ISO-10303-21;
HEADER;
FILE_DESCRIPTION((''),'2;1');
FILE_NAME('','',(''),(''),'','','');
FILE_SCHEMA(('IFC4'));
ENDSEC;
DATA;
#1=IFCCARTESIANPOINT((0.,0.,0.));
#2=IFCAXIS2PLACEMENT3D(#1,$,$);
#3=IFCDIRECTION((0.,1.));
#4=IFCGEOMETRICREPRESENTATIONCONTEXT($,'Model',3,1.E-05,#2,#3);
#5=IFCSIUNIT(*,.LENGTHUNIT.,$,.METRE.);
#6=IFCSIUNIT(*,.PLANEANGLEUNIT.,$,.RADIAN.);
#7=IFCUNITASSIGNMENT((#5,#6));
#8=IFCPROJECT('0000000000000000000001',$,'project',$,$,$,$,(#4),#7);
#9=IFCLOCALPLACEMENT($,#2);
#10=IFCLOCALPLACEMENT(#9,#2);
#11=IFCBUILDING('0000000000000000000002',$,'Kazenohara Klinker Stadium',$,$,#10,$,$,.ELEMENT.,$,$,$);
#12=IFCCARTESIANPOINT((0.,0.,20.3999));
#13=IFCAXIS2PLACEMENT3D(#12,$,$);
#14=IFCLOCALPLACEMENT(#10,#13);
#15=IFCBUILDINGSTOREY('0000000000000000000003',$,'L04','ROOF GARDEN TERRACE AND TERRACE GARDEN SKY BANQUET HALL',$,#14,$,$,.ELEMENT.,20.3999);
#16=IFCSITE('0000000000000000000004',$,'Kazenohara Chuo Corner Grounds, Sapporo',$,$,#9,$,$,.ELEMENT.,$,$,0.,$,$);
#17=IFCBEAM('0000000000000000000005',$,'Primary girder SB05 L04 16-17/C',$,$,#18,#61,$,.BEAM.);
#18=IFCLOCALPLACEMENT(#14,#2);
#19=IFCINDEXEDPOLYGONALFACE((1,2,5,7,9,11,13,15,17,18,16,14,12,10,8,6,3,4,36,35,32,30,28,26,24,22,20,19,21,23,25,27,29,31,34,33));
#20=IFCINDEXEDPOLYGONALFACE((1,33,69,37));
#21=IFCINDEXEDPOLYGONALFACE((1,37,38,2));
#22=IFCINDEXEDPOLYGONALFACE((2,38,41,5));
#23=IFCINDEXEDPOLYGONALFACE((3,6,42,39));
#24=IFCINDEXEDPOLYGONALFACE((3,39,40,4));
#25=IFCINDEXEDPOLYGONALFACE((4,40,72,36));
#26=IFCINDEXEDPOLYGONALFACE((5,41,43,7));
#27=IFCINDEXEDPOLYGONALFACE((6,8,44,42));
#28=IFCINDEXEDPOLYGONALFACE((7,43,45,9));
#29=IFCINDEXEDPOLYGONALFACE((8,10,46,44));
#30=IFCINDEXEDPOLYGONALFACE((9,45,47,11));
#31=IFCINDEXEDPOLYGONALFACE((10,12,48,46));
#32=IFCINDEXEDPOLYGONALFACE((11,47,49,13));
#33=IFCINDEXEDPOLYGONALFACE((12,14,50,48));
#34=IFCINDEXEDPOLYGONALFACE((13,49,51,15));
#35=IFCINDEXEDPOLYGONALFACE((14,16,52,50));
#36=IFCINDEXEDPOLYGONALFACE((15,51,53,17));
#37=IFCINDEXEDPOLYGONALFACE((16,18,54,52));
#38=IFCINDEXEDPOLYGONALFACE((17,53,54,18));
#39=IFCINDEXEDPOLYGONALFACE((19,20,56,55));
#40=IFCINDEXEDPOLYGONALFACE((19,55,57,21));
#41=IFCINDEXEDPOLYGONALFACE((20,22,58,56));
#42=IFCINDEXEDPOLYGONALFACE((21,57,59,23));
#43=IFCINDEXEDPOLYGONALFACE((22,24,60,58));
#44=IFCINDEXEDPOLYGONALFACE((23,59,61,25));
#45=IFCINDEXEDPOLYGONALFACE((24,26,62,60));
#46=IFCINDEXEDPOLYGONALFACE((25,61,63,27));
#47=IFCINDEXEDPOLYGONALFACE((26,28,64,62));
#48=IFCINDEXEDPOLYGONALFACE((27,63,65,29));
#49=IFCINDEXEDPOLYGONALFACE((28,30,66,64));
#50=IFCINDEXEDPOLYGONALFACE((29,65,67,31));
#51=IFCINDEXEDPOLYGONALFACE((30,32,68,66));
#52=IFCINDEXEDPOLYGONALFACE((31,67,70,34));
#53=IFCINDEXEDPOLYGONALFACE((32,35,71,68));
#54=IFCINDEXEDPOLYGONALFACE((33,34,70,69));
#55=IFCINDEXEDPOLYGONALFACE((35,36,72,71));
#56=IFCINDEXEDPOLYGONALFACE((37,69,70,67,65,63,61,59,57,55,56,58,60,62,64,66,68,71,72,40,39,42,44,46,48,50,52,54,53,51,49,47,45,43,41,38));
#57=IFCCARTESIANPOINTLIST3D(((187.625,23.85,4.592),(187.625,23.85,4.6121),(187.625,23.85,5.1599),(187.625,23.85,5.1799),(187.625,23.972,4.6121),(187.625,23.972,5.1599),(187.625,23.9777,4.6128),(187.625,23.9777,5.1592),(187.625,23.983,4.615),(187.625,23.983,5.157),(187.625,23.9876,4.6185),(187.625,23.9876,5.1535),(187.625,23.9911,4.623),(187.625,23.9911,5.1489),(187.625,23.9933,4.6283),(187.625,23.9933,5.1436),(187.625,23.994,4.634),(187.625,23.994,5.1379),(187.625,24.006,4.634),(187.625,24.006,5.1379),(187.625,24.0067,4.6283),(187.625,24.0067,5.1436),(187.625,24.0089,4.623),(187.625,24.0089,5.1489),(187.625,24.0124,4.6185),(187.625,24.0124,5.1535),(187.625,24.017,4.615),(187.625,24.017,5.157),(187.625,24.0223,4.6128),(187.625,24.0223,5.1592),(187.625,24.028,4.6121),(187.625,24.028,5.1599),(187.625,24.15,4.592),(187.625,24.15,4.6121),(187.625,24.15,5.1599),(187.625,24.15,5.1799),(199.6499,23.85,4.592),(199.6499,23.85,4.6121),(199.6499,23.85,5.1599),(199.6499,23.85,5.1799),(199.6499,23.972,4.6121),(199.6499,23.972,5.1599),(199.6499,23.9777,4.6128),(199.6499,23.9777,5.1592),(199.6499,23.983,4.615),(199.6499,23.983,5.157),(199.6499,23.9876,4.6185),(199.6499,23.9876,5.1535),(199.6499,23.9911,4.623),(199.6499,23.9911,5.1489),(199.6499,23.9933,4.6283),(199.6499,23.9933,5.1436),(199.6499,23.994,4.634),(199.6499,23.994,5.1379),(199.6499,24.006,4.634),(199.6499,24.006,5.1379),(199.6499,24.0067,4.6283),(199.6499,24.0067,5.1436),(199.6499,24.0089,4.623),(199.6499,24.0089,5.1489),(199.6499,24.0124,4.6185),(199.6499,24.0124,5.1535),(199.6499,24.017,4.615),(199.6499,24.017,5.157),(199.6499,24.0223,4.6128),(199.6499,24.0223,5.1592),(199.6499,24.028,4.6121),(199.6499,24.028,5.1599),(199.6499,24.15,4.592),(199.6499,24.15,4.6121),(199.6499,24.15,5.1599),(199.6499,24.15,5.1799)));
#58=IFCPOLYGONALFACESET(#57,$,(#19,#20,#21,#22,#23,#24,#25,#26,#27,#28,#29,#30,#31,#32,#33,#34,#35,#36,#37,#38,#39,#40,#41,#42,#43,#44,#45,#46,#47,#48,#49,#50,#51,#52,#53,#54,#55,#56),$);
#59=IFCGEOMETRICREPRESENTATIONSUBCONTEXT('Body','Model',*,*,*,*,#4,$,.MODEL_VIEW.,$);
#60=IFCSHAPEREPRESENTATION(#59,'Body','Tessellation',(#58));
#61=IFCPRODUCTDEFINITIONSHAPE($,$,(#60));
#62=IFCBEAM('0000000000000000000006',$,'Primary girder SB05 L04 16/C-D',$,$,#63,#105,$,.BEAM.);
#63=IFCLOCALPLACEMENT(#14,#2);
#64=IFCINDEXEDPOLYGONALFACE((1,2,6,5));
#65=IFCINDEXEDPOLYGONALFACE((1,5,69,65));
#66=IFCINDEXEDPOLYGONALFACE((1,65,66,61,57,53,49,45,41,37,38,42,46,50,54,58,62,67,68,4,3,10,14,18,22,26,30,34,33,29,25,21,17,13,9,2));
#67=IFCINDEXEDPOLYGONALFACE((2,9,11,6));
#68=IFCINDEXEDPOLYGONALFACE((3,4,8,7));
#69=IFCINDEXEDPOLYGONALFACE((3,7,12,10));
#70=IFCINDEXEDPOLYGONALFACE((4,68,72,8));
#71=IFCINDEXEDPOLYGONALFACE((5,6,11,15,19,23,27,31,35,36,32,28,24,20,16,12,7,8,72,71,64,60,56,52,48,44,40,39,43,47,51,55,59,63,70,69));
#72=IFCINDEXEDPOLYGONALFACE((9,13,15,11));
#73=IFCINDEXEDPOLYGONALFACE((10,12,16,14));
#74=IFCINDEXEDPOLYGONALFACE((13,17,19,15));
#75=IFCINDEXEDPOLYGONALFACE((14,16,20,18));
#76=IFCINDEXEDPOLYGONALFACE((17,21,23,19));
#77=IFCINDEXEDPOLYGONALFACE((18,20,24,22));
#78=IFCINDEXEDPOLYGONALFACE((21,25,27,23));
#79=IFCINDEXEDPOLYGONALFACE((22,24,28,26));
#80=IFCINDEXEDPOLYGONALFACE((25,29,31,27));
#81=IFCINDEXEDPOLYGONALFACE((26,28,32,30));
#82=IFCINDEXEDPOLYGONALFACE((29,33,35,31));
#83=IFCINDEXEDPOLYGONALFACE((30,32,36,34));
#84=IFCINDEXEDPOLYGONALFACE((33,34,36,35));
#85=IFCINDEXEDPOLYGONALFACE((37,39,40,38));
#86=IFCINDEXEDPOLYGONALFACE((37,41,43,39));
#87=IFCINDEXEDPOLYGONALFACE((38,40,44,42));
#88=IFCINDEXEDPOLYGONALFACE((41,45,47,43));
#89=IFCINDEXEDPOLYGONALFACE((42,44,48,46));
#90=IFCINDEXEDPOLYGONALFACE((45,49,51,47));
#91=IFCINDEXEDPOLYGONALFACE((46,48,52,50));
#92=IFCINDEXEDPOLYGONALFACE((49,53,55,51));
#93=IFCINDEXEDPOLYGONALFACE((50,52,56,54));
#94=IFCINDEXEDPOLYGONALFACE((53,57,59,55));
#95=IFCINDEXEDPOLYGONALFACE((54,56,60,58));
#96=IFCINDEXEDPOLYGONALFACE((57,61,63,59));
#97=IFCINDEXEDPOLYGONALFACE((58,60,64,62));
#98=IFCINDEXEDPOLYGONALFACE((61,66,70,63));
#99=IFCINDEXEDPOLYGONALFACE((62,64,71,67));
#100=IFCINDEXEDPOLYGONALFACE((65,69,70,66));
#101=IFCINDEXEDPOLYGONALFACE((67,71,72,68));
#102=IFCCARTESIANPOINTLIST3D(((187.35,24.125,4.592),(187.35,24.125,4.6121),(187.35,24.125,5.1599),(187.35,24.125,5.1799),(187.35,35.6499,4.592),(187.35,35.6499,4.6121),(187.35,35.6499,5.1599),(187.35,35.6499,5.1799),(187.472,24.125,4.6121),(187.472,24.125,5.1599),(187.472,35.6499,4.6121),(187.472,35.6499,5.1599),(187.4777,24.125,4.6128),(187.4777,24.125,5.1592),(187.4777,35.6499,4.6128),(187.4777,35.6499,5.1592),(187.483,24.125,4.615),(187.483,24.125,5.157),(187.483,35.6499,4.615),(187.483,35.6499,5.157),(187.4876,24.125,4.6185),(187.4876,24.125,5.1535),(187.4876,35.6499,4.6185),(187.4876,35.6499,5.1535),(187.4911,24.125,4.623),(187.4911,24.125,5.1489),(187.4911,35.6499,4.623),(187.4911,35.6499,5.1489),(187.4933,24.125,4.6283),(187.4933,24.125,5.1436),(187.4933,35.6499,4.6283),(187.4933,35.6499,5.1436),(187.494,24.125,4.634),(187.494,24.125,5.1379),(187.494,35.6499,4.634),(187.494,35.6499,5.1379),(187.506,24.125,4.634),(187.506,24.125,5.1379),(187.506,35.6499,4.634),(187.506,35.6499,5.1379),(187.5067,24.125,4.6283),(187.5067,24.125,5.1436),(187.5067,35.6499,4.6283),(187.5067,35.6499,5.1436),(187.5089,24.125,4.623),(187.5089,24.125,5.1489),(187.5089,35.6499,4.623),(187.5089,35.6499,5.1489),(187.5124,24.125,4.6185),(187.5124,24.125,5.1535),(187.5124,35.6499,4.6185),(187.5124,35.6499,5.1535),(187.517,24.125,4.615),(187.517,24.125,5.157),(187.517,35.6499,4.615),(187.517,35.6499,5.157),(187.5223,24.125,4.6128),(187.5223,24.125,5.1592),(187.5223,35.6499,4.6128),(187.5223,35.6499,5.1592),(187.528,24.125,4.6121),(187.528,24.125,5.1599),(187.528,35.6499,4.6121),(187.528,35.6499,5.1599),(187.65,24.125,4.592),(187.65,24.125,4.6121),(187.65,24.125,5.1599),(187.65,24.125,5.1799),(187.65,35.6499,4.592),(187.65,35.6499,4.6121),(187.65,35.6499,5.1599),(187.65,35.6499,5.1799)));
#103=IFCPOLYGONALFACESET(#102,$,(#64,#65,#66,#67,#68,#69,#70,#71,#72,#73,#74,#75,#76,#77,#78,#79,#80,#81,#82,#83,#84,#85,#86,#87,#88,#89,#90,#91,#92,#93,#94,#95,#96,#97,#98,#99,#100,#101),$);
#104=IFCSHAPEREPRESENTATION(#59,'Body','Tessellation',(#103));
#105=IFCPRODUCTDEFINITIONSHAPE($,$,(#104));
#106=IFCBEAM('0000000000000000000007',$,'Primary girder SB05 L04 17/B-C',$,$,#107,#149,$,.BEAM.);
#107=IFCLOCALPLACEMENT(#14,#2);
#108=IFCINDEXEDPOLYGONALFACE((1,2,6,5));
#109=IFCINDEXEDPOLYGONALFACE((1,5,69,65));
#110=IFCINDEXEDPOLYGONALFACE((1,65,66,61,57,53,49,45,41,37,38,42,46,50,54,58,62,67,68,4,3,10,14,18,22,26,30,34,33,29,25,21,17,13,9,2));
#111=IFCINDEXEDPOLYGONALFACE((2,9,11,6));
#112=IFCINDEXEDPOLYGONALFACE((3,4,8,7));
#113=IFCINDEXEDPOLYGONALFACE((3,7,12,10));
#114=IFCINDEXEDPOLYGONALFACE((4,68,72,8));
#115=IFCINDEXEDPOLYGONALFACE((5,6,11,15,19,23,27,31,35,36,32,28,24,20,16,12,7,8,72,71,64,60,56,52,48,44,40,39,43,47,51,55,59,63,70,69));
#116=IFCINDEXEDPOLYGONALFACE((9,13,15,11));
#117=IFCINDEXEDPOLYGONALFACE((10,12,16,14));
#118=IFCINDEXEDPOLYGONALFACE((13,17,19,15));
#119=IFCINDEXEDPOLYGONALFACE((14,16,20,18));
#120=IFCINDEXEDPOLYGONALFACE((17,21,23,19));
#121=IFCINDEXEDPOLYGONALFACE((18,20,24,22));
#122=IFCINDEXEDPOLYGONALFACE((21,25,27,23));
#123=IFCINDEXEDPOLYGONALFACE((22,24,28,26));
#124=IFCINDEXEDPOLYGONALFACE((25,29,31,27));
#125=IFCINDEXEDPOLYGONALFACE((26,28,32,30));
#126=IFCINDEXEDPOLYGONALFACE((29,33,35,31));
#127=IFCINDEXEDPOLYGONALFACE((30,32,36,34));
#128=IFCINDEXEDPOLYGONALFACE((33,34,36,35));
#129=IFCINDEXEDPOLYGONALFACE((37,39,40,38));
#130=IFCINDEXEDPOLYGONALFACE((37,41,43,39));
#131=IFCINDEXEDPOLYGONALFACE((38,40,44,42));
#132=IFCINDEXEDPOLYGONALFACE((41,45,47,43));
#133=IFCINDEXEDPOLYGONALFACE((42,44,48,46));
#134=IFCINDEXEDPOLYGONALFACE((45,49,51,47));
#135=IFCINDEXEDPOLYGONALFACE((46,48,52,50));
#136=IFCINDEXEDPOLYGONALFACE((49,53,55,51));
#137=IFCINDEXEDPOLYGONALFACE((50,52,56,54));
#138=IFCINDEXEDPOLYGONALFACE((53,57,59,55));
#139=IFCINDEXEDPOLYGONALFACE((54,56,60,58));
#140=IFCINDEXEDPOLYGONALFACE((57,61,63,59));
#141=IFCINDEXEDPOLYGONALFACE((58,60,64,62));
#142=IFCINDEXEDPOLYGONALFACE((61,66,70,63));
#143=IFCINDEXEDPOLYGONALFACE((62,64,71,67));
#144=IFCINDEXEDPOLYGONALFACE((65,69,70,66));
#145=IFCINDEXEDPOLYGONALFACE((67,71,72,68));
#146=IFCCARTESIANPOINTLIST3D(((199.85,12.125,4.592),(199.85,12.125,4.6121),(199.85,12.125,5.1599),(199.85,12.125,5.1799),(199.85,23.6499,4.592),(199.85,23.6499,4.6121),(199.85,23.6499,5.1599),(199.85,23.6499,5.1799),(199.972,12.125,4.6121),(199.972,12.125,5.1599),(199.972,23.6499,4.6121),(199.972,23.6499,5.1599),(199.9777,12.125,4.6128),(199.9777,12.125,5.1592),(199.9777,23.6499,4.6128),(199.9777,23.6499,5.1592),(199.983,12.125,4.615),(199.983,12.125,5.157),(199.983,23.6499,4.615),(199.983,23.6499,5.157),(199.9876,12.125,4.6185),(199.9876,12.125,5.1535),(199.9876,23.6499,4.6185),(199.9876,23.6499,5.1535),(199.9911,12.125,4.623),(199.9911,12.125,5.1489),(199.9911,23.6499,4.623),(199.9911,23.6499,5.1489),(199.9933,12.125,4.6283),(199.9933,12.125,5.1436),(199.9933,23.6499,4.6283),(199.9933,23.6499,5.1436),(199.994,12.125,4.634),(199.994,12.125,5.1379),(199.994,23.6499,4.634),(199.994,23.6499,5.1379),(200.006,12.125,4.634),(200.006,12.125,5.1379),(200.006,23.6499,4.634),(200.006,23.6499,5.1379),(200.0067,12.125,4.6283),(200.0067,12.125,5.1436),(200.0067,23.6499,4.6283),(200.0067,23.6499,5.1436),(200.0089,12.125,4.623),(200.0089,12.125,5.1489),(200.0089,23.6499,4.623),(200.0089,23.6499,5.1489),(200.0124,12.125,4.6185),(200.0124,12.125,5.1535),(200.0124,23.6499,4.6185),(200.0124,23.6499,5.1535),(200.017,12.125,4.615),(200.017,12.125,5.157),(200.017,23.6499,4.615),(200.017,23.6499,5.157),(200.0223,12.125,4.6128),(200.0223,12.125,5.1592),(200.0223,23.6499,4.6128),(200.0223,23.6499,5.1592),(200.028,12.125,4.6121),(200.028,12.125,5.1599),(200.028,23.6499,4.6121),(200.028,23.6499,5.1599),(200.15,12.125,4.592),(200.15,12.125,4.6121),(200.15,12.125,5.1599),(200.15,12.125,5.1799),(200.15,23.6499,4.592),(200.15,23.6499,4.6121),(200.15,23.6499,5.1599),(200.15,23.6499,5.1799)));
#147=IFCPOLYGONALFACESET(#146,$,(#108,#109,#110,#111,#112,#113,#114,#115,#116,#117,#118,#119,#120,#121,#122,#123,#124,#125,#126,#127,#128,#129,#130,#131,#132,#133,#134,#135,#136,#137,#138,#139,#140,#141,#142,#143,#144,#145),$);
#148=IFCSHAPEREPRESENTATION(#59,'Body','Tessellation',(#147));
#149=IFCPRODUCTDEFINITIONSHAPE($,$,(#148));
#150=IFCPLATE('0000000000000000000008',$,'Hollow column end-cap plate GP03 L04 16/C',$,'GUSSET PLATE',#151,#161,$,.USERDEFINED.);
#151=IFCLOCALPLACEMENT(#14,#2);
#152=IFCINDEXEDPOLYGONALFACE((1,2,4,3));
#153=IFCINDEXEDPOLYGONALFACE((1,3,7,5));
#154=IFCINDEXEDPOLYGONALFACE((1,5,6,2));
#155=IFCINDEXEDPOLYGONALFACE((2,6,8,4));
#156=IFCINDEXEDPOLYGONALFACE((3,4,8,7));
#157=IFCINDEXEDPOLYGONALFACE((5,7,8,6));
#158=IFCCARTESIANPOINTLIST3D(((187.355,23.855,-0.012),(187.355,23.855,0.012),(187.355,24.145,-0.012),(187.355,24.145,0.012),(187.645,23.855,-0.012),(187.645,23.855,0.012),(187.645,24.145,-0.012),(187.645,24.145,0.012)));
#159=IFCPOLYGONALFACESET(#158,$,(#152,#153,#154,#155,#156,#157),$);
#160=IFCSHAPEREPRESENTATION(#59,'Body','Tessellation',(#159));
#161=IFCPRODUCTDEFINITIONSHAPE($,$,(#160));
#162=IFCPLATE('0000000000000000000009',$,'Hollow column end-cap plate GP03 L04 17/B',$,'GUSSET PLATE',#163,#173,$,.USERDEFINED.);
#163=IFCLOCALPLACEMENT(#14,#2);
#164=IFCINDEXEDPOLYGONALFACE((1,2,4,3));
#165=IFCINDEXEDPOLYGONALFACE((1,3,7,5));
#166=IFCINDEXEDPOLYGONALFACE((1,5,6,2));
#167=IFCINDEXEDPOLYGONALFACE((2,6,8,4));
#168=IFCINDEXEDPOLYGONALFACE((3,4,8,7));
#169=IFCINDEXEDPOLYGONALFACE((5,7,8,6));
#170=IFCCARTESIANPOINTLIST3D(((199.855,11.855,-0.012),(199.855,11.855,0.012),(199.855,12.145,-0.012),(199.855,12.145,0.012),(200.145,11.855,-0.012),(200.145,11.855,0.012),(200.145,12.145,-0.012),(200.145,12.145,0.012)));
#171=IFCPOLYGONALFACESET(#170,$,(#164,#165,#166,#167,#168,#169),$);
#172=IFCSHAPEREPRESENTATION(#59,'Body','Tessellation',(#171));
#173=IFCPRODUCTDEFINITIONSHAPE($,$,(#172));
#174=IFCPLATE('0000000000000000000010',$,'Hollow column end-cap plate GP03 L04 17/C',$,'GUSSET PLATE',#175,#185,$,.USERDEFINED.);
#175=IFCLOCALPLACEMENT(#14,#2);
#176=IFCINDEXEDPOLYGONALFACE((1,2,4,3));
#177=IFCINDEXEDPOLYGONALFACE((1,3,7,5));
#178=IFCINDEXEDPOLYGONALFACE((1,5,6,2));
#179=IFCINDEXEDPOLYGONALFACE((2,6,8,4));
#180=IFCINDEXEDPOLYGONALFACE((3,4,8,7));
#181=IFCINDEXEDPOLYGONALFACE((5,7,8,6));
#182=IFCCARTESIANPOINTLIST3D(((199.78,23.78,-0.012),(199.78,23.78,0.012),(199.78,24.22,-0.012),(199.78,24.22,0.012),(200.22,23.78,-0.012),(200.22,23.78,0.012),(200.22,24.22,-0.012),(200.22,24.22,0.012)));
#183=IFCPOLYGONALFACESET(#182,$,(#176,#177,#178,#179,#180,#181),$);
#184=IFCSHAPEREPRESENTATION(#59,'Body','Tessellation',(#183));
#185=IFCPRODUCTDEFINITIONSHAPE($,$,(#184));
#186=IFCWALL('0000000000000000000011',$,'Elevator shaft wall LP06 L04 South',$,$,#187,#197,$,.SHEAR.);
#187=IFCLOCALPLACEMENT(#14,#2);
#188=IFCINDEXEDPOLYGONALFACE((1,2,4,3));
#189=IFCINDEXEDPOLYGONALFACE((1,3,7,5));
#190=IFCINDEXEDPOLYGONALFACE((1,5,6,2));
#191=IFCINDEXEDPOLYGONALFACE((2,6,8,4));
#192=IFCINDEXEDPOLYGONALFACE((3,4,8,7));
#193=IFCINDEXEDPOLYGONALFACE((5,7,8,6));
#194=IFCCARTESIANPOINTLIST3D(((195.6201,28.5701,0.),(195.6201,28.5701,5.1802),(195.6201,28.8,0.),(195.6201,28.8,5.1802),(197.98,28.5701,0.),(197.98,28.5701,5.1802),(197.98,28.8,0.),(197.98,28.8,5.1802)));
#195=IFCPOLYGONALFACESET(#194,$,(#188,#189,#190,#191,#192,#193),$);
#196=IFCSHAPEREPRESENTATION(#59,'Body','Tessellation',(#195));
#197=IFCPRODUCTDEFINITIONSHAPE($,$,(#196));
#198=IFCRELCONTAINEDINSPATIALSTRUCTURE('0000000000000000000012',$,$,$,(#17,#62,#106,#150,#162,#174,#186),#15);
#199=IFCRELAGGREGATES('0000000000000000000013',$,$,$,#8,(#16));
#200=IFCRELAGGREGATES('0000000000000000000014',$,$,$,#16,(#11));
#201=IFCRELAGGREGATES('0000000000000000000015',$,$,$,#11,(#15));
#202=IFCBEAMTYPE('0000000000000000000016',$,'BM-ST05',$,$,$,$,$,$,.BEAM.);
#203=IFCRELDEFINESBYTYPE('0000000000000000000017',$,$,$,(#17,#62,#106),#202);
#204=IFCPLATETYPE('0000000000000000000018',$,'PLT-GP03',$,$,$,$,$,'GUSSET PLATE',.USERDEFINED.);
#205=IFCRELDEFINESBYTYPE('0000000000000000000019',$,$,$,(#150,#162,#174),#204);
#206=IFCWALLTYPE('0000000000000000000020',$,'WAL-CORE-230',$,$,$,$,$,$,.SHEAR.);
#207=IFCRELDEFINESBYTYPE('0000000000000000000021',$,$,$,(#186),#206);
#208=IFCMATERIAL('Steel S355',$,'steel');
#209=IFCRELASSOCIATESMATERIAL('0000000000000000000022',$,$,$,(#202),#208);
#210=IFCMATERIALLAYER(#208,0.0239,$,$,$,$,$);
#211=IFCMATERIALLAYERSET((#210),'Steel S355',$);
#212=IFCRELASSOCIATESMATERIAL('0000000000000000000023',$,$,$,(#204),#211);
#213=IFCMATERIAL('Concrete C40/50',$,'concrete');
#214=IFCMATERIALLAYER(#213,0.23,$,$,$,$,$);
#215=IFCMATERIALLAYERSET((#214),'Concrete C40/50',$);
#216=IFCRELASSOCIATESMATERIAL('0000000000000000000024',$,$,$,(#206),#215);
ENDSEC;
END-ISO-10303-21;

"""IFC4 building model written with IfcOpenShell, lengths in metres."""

from ifc_helpers import new_model, si_unit, direction, frame, frame_2d, origin, origin_2d, place, context, subcontext, project, spatial, rectangle, i_section, extrude, material, layer, layer_set, material_profile, profile_set, type_object, element, save


model = new_model("IFC4")

# Units and contexts
model_context = context("Model", 3, precision=1e-05, world=origin(), true_north=direction((0.0, 1.0)))
body_context = subcontext(model_context, "Body", "Model", "MODEL_VIEW")
ifc_project = project(units=[si_unit("LENGTHUNIT", "METRE"), si_unit("PLANEANGLEUNIT", "RADIAN")], contexts=[model_context])

# Site, building, storey
site_placement = place(None, origin())
site = spatial("IfcSite", under=ifc_project, at=site_placement, Name="Kazenohara Chuo Corner Grounds, Sapporo", CompositionType="ELEMENT", RefElevation=0.0)
building_placement = place(site_placement, origin())
building = spatial("IfcBuilding", under=site, at=building_placement, Name="Kazenohara Klinker Stadium", CompositionType="ELEMENT")
storey_placement = place(building_placement, frame((0.0, 0.0, 20.3999)))
storey = spatial("IfcBuildingStorey", under=building, at=storey_placement, Name="L04", Description="ROOF GARDEN TERRACE AND TERRACE GARDEN SKY BANQUET HALL", CompositionType="ELEMENT", Elevation=20.3999)

# Shared definitions
ifc_material_1 = material(Name="Concrete C40/50", Category="concrete")
ifc_material_2 = material(Name="Steel S355", Category="steel")

# Beams
ifc_material_profile_1 = material_profile(ifc_material_2, i_section(OverallWidth=0.3, OverallDepth=0.5879, WebThickness=0.012, FlangeThickness=0.02, FilletRadius=0.022, at=origin_2d()), Name="H-588x300x12x20")
ifc_profile_set_1 = profile_set([ifc_material_profile_1], Name="Steel S355")
beam_type_1 = type_object("IfcBeamType", Name="BM-ST05", PredefinedType="BEAM", material=ifc_profile_set_1)
beam_1_placement = place(storey_placement, frame((187.625, 24.0, 4.886), z_axis=(1.0, 0.0, 0.0), x_axis=(0.0, 1.0, 0.0)))
element("IfcBeam", 1, at=beam_1_placement, inside=storey, type_object=beam_type_1, Name="Primary girder SB05 L04 16-17/C", PredefinedType="BEAM", context=body_context, shape_type="SweptSolid", body=[
    extrude(i_section(OverallWidth=0.3, OverallDepth=0.5879, WebThickness=0.012, FlangeThickness=0.02, FilletRadius=0.022, at=origin_2d()), origin(), (0.0, 0.0, 1.0), 12.0249),
])
for number, where, z_axis, x_axis, name in (
    (2, (187.5, 24.125, 4.886), (0.0, 1.0, 0.0), (-1.0, 0.0, 0.0), "Primary girder SB05 L04 16/C-D"),
    (3, (200.0, 12.125, 4.886), (0.0, 1.0, 0.0), (-1.0, 0.0, 0.0), "Primary girder SB05 L04 17/B-C"),
):
    element("IfcBeam", number, at=place(storey_placement, frame(where, z_axis=z_axis, x_axis=x_axis)), inside=storey, type_object=beam_type_1, Name=name, PredefinedType="BEAM", context=body_context, shape_type="SweptSolid", body=[
        extrude(i_section(OverallWidth=0.3, OverallDepth=0.5879, WebThickness=0.012, FlangeThickness=0.02, FilletRadius=0.022, at=origin_2d()), origin(), (0.0, 0.0, 1.0), 11.5249),
    ])

# Plates
ifc_layer_1 = layer(ifc_material_2, 0.0239)
ifc_layer_set_1 = layer_set([ifc_layer_1], Name="Steel S355")
plate_type = type_object("IfcPlateType", Name="PLT-GP03", ElementType="GUSSET PLATE", PredefinedType="USERDEFINED", material=ifc_layer_set_1)
for number, where, z_axis, x_axis, name in (
    (4, (187.5, 24.0, -0.012), (0.0, 0.0, 1.0), (1.0, 0.0, 0.0), "Hollow column end-cap plate GP03 L04 16/C"),
    (5, (200.0, 12.0, -0.012), (0.0, 0.0, 1.0), (1.0, 0.0, 0.0), "Hollow column end-cap plate GP03 L04 17/B"),
):
    element("IfcPlate", number, at=place(storey_placement, frame(where, z_axis=z_axis, x_axis=x_axis)), inside=storey, type_object=plate_type, Name=name, ObjectType="GUSSET PLATE", PredefinedType="USERDEFINED", context=body_context, shape_type="SweptSolid", body=[
        extrude(rectangle(XDim=0.29, YDim=0.29, at=origin_2d()), origin(), (0.0, 0.0, 1.0), 0.0239),
    ])
plate_placement = place(storey_placement, frame((200.0, 24.0, -0.012), z_axis=(0.0, 0.0, 1.0), x_axis=(1.0, 0.0, 0.0)))
element("IfcPlate", 6, at=plate_placement, inside=storey, type_object=plate_type, Name="Hollow column end-cap plate GP03 L04 17/C", ObjectType="GUSSET PLATE", PredefinedType="USERDEFINED", context=body_context, shape_type="SweptSolid", body=[
    extrude(rectangle(XDim=0.4399, YDim=0.4399, at=origin_2d()), origin(), (0.0, 0.0, 1.0), 0.0239),
])

# Wall
ifc_layer_2 = layer(ifc_material_1, 0.23)
ifc_layer_set_2 = layer_set([ifc_layer_2], Name="Concrete C40/50")
wall_type_1 = type_object("IfcWallType", Name="WAL-CORE-230", PredefinedType="SHEAR", material=ifc_layer_set_2)
for number, where, z_axis, x_axis, name in (
    (7, (195.6201, 28.6851, 0.0), (0.0, 0.0, 1.0), (1.0, 0.0, 0.0), "Elevator shaft wall LP06 L04 South"),
):
    element("IfcWall", number, at=place(storey_placement, frame(where, z_axis=z_axis, x_axis=x_axis)), inside=storey, type_object=wall_type_1, Name=name, PredefinedType="SHEAR", context=body_context, shape_type="SweptSolid", body=[
        extrude(rectangle(XDim=2.3599, YDim=0.23, at=frame_2d((1.1799, 0.0))), origin(), (0.0, 0.0, 1.0), 5.1802),
    ])

save(model, "model.ifc")
